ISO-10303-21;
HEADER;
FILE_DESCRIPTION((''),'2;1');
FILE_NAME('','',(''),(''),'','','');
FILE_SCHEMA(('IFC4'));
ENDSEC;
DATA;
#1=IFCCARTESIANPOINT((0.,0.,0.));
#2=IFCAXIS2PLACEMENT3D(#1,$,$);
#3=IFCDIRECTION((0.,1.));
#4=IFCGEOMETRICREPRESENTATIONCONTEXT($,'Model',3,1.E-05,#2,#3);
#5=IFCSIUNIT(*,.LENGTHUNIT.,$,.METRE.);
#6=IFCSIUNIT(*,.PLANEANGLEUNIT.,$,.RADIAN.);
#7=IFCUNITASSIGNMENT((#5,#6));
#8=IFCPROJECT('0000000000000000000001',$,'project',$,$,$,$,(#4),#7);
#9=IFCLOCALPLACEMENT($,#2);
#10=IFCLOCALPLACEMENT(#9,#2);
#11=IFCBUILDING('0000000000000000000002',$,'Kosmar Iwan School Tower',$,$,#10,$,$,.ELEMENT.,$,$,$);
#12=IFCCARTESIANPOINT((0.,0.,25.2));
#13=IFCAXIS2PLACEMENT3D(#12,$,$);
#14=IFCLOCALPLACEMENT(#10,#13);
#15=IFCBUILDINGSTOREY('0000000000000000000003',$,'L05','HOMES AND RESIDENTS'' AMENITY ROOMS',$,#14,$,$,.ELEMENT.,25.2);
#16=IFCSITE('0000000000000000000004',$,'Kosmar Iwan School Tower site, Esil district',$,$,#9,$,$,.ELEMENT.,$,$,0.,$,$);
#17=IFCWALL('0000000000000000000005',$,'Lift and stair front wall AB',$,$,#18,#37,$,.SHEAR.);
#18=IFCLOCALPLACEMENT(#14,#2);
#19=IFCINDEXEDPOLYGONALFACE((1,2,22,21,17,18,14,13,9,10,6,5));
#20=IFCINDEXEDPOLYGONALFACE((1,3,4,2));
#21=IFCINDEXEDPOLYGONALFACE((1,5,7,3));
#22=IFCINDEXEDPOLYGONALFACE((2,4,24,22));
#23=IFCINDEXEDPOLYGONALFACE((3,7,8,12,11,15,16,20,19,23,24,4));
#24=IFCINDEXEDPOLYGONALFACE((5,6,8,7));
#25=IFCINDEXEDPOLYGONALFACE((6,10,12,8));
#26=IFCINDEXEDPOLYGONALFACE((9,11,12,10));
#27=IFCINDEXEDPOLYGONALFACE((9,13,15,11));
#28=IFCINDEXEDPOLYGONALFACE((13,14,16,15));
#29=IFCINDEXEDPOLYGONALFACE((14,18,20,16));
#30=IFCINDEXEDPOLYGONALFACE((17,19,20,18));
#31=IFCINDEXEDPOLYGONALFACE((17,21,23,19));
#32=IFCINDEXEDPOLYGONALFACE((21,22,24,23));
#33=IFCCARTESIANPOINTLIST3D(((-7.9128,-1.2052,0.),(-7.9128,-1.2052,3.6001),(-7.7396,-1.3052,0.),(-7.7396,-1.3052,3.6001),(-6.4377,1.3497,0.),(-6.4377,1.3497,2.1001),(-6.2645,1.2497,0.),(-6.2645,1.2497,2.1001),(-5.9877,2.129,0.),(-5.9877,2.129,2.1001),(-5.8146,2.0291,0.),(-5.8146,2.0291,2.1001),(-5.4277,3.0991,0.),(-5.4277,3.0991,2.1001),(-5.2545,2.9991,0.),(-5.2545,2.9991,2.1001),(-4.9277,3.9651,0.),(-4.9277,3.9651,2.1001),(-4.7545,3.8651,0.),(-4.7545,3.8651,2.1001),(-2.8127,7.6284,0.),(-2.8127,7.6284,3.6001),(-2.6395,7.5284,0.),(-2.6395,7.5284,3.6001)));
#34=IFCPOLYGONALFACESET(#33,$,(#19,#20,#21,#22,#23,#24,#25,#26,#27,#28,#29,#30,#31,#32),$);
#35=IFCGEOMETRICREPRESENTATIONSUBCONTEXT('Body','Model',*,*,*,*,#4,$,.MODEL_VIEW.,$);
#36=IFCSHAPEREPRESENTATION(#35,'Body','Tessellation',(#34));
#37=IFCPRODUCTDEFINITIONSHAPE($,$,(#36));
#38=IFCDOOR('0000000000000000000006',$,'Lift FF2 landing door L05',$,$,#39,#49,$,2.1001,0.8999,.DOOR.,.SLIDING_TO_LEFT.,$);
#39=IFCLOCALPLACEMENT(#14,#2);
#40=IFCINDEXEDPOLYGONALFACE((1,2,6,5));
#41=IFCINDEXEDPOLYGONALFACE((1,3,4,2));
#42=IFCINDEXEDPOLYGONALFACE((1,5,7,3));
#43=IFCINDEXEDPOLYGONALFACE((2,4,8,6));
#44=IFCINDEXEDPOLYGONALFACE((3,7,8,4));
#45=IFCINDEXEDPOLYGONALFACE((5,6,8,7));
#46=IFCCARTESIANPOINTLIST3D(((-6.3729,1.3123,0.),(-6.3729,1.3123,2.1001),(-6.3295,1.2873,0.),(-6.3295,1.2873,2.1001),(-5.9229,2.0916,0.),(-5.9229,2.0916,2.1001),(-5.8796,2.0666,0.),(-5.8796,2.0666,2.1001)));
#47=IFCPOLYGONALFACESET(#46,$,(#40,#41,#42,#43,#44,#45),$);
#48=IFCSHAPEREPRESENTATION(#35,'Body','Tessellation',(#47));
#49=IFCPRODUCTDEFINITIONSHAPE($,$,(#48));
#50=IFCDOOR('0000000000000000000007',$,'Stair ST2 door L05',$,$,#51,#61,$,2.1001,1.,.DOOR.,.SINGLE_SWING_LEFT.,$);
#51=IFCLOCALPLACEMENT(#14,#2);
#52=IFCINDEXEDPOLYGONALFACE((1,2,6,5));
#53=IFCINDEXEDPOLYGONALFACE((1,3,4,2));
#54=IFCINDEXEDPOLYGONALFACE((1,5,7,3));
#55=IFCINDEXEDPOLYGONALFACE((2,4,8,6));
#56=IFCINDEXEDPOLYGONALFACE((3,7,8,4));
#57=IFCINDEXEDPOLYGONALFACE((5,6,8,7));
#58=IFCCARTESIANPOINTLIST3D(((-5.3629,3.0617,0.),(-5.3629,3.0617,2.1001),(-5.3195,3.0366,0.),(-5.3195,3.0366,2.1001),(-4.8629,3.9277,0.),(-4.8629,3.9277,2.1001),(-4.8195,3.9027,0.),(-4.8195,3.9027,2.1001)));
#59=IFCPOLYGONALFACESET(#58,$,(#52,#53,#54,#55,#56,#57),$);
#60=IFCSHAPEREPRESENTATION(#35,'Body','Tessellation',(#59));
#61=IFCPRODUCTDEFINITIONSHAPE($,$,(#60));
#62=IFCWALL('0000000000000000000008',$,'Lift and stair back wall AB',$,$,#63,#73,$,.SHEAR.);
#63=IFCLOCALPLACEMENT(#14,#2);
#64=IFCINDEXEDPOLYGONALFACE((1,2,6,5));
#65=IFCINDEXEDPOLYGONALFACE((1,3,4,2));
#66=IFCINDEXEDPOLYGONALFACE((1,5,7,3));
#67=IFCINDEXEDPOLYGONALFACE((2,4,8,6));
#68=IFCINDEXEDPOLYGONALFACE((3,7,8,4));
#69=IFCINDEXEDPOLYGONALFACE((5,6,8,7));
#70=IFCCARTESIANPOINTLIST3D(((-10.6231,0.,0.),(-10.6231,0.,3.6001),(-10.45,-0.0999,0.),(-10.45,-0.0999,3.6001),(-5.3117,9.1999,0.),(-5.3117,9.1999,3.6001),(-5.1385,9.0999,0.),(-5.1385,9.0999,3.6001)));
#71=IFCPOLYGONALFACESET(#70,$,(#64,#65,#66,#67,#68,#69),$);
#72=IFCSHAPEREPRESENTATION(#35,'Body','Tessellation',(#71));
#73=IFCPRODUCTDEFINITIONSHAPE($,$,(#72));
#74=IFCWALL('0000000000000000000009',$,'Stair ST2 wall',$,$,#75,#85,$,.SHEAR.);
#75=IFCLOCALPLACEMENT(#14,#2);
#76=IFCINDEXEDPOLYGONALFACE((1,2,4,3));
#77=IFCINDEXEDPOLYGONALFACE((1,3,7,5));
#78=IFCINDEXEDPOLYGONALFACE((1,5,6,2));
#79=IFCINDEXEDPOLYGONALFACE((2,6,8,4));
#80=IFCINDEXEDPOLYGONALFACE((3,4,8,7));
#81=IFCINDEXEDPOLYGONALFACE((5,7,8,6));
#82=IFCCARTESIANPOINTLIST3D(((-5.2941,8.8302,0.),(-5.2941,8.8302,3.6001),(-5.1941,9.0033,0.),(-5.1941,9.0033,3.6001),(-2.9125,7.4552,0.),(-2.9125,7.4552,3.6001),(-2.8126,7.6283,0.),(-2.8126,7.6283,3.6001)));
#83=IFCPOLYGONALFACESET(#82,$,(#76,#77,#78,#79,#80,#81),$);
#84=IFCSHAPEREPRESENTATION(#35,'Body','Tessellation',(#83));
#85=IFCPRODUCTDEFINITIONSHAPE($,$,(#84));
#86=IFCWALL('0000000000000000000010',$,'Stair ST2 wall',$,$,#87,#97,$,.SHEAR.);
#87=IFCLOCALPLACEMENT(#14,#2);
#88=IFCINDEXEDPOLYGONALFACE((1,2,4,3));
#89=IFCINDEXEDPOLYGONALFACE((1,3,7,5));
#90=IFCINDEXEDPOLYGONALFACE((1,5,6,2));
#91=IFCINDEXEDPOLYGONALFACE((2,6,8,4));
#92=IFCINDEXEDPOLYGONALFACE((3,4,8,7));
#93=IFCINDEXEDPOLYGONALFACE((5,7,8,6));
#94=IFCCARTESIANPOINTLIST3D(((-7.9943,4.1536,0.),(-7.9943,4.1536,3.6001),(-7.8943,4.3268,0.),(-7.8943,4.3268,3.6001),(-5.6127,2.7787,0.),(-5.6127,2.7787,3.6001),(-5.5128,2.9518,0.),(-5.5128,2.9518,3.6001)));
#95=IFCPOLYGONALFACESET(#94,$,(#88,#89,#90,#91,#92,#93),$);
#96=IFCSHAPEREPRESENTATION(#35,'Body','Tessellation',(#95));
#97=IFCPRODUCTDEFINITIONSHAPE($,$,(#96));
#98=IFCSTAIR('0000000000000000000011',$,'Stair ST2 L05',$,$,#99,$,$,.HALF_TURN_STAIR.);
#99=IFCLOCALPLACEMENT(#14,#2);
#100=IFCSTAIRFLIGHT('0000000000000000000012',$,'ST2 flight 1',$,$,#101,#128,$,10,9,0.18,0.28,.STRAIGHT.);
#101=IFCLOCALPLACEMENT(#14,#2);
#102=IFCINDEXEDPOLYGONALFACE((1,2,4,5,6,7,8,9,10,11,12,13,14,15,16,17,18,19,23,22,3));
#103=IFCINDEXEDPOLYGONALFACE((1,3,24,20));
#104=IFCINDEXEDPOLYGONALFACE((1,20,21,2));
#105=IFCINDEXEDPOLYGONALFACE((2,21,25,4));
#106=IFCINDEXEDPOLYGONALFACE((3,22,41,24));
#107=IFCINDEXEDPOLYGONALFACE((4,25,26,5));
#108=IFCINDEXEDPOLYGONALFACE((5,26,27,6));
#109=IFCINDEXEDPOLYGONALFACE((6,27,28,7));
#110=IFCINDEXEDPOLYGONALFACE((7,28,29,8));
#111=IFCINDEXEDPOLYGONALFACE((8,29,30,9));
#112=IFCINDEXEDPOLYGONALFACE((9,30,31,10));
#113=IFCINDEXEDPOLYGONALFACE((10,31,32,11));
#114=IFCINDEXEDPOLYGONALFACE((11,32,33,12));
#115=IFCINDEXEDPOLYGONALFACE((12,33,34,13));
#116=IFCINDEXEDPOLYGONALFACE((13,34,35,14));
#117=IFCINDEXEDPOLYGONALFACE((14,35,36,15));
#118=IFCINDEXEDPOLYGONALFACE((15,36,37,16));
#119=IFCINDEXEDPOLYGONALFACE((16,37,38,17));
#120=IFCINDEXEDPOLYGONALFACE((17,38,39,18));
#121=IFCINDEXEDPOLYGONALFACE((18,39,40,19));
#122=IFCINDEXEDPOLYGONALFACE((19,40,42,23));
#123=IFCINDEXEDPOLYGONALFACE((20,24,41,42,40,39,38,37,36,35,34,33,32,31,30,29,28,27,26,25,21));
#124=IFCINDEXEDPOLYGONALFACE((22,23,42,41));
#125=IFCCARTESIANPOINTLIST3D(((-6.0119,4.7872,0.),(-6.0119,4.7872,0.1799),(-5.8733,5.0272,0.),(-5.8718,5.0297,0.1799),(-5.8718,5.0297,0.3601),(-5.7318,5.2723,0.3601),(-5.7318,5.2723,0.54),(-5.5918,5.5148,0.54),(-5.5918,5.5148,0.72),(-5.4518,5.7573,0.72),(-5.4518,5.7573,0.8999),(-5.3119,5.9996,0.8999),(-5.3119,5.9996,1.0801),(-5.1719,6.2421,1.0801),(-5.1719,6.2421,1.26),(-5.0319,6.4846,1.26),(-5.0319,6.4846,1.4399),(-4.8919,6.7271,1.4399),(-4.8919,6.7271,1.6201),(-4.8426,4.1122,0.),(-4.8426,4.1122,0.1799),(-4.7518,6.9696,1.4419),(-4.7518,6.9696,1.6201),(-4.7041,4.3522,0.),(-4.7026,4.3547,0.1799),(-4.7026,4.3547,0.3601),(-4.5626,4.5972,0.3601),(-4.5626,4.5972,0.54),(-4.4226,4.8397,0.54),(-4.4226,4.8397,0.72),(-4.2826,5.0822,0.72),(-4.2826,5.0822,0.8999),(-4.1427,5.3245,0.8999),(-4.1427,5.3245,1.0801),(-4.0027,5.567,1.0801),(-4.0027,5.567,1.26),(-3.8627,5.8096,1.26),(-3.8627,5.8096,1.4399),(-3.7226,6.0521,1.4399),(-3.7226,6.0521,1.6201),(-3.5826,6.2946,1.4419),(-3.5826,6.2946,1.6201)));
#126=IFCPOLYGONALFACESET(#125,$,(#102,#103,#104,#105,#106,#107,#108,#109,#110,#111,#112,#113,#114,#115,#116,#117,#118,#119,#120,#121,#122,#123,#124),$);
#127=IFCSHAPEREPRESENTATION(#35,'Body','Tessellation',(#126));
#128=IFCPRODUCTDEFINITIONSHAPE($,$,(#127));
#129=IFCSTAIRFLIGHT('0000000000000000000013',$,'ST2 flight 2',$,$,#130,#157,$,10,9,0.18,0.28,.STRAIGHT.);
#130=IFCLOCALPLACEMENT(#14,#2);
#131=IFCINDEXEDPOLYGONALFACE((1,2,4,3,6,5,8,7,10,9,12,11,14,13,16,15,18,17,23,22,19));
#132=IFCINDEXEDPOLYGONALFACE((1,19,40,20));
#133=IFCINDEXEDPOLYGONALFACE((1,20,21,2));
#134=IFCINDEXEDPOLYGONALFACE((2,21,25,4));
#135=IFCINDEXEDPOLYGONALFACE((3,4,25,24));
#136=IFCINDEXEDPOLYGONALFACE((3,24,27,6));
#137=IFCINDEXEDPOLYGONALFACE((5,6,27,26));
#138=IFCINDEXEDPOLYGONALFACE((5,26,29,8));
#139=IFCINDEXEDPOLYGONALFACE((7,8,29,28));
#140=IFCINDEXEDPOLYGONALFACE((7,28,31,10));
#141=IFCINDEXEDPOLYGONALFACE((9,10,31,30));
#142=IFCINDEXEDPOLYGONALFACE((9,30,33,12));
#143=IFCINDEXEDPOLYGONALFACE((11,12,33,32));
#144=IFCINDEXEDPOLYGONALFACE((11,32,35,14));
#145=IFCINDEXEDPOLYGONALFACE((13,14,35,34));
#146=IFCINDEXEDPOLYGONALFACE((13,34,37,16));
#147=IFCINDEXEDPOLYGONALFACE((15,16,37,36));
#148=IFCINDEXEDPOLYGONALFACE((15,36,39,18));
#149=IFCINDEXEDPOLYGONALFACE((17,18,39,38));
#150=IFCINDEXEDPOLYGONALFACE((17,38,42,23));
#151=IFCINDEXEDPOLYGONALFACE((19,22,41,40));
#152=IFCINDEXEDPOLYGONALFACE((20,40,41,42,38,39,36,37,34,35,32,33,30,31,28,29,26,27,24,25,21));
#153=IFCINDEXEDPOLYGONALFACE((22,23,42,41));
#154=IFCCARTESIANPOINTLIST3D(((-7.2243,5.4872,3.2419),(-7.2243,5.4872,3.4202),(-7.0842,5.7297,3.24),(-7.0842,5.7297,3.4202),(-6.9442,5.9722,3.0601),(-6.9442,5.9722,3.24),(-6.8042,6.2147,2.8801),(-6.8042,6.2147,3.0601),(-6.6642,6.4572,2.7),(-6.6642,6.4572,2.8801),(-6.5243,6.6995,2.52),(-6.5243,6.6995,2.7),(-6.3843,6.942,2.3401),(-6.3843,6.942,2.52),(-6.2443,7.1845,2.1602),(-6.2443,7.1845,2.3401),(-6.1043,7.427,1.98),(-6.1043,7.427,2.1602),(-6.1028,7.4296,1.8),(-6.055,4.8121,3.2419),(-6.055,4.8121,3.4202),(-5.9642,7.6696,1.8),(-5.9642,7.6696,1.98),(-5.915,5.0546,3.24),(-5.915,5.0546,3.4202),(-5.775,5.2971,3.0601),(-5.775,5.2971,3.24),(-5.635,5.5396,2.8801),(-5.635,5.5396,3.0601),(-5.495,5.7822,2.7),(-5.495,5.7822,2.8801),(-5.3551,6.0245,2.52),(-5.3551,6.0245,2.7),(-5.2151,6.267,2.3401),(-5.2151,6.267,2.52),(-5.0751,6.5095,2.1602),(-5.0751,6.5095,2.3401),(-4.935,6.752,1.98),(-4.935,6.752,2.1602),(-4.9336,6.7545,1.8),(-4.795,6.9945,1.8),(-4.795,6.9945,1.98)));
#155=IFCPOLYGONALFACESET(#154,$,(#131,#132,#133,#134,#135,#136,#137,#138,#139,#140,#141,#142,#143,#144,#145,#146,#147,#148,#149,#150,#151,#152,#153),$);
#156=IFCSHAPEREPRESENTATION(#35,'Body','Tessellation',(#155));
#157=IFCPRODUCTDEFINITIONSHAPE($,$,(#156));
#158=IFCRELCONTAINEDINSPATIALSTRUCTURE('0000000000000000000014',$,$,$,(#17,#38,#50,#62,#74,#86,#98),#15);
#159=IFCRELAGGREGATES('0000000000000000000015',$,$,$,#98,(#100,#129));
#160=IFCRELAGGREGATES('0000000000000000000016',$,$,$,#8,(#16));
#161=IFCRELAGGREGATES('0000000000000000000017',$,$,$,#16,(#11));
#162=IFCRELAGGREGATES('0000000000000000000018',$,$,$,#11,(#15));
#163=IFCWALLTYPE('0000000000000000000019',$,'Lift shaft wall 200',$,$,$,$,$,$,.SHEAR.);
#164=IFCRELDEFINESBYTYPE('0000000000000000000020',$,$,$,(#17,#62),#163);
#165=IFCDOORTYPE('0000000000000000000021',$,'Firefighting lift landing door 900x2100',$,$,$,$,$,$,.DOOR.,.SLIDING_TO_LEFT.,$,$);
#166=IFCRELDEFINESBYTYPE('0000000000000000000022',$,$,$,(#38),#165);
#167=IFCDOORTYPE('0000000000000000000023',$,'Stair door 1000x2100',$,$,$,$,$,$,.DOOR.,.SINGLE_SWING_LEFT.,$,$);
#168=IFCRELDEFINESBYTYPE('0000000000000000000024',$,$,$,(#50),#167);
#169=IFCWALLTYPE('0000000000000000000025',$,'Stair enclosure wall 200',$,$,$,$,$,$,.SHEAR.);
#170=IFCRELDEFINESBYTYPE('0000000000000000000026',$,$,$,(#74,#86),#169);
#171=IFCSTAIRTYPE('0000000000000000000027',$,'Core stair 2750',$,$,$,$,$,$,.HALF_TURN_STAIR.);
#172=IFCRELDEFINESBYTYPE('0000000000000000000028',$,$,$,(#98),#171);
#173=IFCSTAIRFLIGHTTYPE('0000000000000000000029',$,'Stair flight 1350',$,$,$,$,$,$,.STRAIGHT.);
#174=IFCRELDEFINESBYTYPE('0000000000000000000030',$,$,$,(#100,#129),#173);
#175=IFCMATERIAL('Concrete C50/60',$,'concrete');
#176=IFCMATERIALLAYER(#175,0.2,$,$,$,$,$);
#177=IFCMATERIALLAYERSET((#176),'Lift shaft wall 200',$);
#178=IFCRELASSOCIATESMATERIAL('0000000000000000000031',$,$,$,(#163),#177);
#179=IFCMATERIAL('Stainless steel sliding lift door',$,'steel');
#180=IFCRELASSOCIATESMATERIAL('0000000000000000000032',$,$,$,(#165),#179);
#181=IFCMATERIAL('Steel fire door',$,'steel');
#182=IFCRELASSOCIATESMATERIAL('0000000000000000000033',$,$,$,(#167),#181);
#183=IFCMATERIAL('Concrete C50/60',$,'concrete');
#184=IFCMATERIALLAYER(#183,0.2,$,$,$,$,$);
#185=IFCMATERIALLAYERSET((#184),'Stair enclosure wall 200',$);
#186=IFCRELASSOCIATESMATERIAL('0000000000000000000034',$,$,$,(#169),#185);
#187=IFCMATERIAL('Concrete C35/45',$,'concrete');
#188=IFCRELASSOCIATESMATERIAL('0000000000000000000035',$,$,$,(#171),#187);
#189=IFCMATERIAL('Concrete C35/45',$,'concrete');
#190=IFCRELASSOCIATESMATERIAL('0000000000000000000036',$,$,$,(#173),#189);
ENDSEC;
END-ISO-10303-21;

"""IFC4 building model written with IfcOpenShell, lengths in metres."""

from ifc_helpers import new_model, si_unit, direction, frame, frame_2d, origin, place, context, subcontext, project, spatial, polyline, rectangle, outline, extrude, material, layer, layer_set, type_object, element, fill, aggregate, save


model = new_model("IFC4")

# Units and contexts
model_context = context("Model", 3, precision=1e-05, world=origin(), true_north=direction((0.0, 1.0)))
body_context = subcontext(model_context, "Body", "Model", "MODEL_VIEW")
ifc_project = project(units=[si_unit("LENGTHUNIT", "METRE"), si_unit("PLANEANGLEUNIT", "RADIAN")], contexts=[model_context])

# Site, building, storey
site_placement = place(None, origin())
site = spatial("IfcSite", under=ifc_project, at=site_placement, Name="Kosmar Iwan School Tower site, Esil district", CompositionType="ELEMENT", RefElevation=0.0)
building_placement = place(site_placement, origin())
building = spatial("IfcBuilding", under=site, at=building_placement, Name="Kosmar Iwan School Tower", CompositionType="ELEMENT")
storey_placement = place(building_placement, frame((0.0, 0.0, 25.2)))
storey = spatial("IfcBuildingStorey", under=building, at=storey_placement, Name="L05", Description="HOMES AND RESIDENTS' AMENITY ROOMS", CompositionType="ELEMENT", Elevation=25.2)

# Wall, openings, doors
ifc_material_1 = material(Name="Concrete C50/60", Category="concrete")
ifc_layer_1 = layer(ifc_material_1, 0.2)
ifc_layer_set_1 = layer_set([ifc_layer_1], Name="Lift shaft wall 200")
wall_type_1 = type_object("IfcWallType", Name="Lift shaft wall 200", PredefinedType="SHEAR", material=ifc_layer_set_1)
wall_1_placement = place(storey_placement, frame((-2.7261, 7.5784, 0.0), z_axis=(0.0, 0.0, 1.0), x_axis=(-0.500006, -0.866022, 0.0)))
wall_1 = element("IfcWall", 1, at=wall_1_placement, inside=storey, type_object=wall_type_1, Name="Lift and stair front wall AB", PredefinedType="SHEAR", context=body_context, shape_type="SweptSolid", body=[
    extrude(rectangle(XDim=10.2002, YDim=0.2, at=frame_2d((5.1001, 0.0))), origin(), (0.0, 0.0, 1.0), 3.6001),
])
opening_1_placement = place(wall_1_placement, frame((6.3501, 0.0, 0.0)))
opening_1 = element("IfcOpeningElement", 2, at=opening_1_placement, cuts=wall_1, PredefinedType="OPENING", context=body_context, shape_type="SweptSolid", body=[
    extrude(rectangle(XDim=0.8999, YDim=2.1001, at=frame_2d((0.45, 1.05))), frame((0.0, 0.1121, 0.0), z_axis=(0.0, -1.0, 0.0), x_axis=(1.0, 0.0, 0.0)), (0.0, 0.0, 1.0), 0.2239),
])
opening_2_placement = place(wall_1_placement, frame((4.23, 0.0, 0.0)))
opening_2 = element("IfcOpeningElement", 3, at=opening_2_placement, cuts=wall_1, PredefinedType="OPENING", context=body_context, shape_type="SweptSolid", body=[
    extrude(rectangle(XDim=1.0, YDim=2.1001, at=frame_2d((0.5, 1.05))), frame((0.0, 0.1121, 0.0), z_axis=(0.0, -1.0, 0.0), x_axis=(1.0, 0.0, 0.0)), (0.0, 0.0, 1.0), 0.2239),
])
ifc_material_2 = material(Name="Stainless steel sliding lift door", Category="steel")
door_type_1 = type_object("IfcDoorType", Name="Firefighting lift landing door 900x2100", OperationType="SLIDING_TO_LEFT", PredefinedType="DOOR", material=ifc_material_2)
door_1_placement = place(opening_1_placement, origin())
door_1 = element("IfcDoor", 4, at=door_1_placement, inside=storey, type_object=door_type_1, Name="Lift FF2 landing door L05", OperationType="SLIDING_TO_LEFT", OverallHeight=2.1001, OverallWidth=0.8999, PredefinedType="DOOR", context=body_context, shape_type="SweptSolid", body=[
    extrude(rectangle(XDim=0.8999, YDim=2.1001, at=frame_2d((0.45, 1.05))), frame((0.0, 0.0249, 0.0), z_axis=(0.0, -1.0, 0.0), x_axis=(1.0, 0.0, 0.0)), (0.0, 0.0, 1.0), 0.05),
])
fill(opening_1, door_1)
ifc_material_3 = material(Name="Steel fire door", Category="steel")
door_type_2 = type_object("IfcDoorType", Name="Stair door 1000x2100", OperationType="SINGLE_SWING_LEFT", PredefinedType="DOOR", material=ifc_material_3)
door_2_placement = place(opening_2_placement, origin())
door_2 = element("IfcDoor", 5, at=door_2_placement, inside=storey, type_object=door_type_2, Name="Stair ST2 door L05", OperationType="SINGLE_SWING_LEFT", OverallHeight=2.1001, OverallWidth=1.0, PredefinedType="DOOR", context=body_context, shape_type="SweptSolid", body=[
    extrude(rectangle(XDim=1.0, YDim=2.1001, at=frame_2d((0.5, 1.05))), frame((0.0, 0.0249, 0.0), z_axis=(0.0, -1.0, 0.0), x_axis=(1.0, 0.0, 0.0)), (0.0, 0.0, 1.0), 0.05),
])
fill(opening_2, door_2)

# Walls
wall_2_placement = place(storey_placement, frame((-5.2251, 9.1499, 0.0), z_axis=(0.0, 0.0, 1.0), x_axis=(-0.499995, -0.866028, 0.0)))
element("IfcWall", 6, at=wall_2_placement, inside=storey, type_object=wall_type_1, Name="Lift and stair back wall AB", PredefinedType="SHEAR", context=body_context, shape_type="SweptSolid", body=[
    extrude(rectangle(XDim=10.623, YDim=0.2, at=frame_2d((5.3115, 0.0))), origin(), (0.0, 0.0, 1.0), 3.6001),
])
ifc_material_4 = material(Name="Concrete C50/60", Category="concrete")
ifc_layer_2 = layer(ifc_material_4, 0.2)
ifc_layer_set_2 = layer_set([ifc_layer_2], Name="Stair enclosure wall 200")
wall_type_2 = type_object("IfcWallType", Name="Stair enclosure wall 200", PredefinedType="SHEAR", material=ifc_layer_set_2)
for number, where, z_axis, x_axis, name in (
    (7, (-2.8625, 7.5417, 0.0), (0.0, 0.0, 1.0), (-0.866027, 0.499997, 0.0), "Stair ST2 wall"),
    (8, (-5.5627, 2.8652, 0.0), (0.0, 0.0, 1.0), (-0.866027, 0.499997, 0.0), "Stair ST2 wall"),
):
    element("IfcWall", number, at=place(storey_placement, frame(where, z_axis=z_axis, x_axis=x_axis)), inside=storey, type_object=wall_type_2, Name=name, PredefinedType="SHEAR", context=body_context, shape_type="SweptSolid", body=[
        extrude(rectangle(XDim=2.75, YDim=0.2, at=frame_2d((1.375, 0.0))), origin(), (0.0, 0.0, 1.0), 3.6001),
    ])

# Stair, stair flights
ifc_material_5 = material(Name="Concrete C35/45", Category="concrete")
stair_type = type_object("IfcStairType", Name="Core stair 2750", PredefinedType="HALF_TURN_STAIR", material=ifc_material_5)
stair_placement = place(storey_placement, origin())
stair = element("IfcStair", 9, at=stair_placement, inside=storey, type_object=stair_type, Name="Stair ST2 L05", PredefinedType="HALF_TURN_STAIR")
ifc_material_6 = material(Name="Concrete C35/45", Category="concrete")
stair_flight_type = type_object("IfcStairFlightType", Name="Stair flight 1350", PredefinedType="STRAIGHT", material=ifc_material_6)
stair_flight_1_placement = place(storey_placement, frame((-5.4272, 4.4497, 0.0), z_axis=(0.0, 0.0, 1.0), x_axis=(0.5, 0.866025, 0.0)))
stair_flight_1 = element("IfcStairFlight", 10, at=stair_flight_1_placement, type_object=stair_flight_type, Name="ST2 flight 1", NumberOfRisers=10, NumberOfTreads=9, PredefinedType="STRAIGHT", RiserHeight=0.18, TreadLength=0.28, context=body_context, shape_type="SweptSolid", body=[
    extrude(outline(polyline([(0.0, 0.0), (0.0, 0.1799), (0.28, 0.1799), (0.28, 0.3601), (0.5601, 0.3601), (0.5601, 0.54), (0.8401, 0.54), (0.8401, 0.72), (1.1201, 0.72), (1.1201, 0.8999), (1.3999, 0.8999), (1.3999, 1.0801), (1.6799, 1.0801), (1.6799, 1.26), (1.96, 1.26), (1.96, 1.4399), (2.24, 1.4399), (2.24, 1.6201), (2.52, 1.6201), (2.52, 1.8), (2.52, 1.4419), (0.2771, 0.0), (0.0, 0.0)])), frame((0.0, 0.675, 0.0), z_axis=(0.0, -1.0, 0.0), x_axis=(1.0, 0.0, 0.0)), (0.0, 0.0, 1.0), 1.3501),
])
stair_flight_2_placement = place(storey_placement, frame((-5.3796, 7.332, 1.8), z_axis=(0.0, 0.0, 1.0), x_axis=(-0.5, -0.866025, 0.0)))
stair_flight_2 = element("IfcStairFlight", 11, at=stair_flight_2_placement, type_object=stair_flight_type, Name="ST2 flight 2", NumberOfRisers=10, NumberOfTreads=9, PredefinedType="STRAIGHT", RiserHeight=0.18, TreadLength=0.28, context=body_context, shape_type="SweptSolid", body=[
    extrude(outline(polyline([(0.0, 0.0), (0.0, 0.1799), (0.28, 0.1799), (0.28, 0.3601), (0.5601, 0.3601), (0.5601, 0.54), (0.8401, 0.54), (0.8401, 0.72), (1.1201, 0.72), (1.1201, 0.8999), (1.3999, 0.8999), (1.3999, 1.0801), (1.6799, 1.0801), (1.6799, 1.26), (1.96, 1.26), (1.96, 1.4399), (2.24, 1.4399), (2.24, 1.6201), (2.52, 1.6201), (2.52, 1.8), (2.52, 1.4419), (0.2771, 0.0), (0.0, 0.0)])), frame((0.0, 0.675, 0.0), z_axis=(0.0, -1.0, 0.0), x_axis=(1.0, 0.0, 0.0)), (0.0, 0.0, 1.0), 1.3501),
])
aggregate(stair, [stair_flight_1, stair_flight_2])

save(model, "model.ifc")
